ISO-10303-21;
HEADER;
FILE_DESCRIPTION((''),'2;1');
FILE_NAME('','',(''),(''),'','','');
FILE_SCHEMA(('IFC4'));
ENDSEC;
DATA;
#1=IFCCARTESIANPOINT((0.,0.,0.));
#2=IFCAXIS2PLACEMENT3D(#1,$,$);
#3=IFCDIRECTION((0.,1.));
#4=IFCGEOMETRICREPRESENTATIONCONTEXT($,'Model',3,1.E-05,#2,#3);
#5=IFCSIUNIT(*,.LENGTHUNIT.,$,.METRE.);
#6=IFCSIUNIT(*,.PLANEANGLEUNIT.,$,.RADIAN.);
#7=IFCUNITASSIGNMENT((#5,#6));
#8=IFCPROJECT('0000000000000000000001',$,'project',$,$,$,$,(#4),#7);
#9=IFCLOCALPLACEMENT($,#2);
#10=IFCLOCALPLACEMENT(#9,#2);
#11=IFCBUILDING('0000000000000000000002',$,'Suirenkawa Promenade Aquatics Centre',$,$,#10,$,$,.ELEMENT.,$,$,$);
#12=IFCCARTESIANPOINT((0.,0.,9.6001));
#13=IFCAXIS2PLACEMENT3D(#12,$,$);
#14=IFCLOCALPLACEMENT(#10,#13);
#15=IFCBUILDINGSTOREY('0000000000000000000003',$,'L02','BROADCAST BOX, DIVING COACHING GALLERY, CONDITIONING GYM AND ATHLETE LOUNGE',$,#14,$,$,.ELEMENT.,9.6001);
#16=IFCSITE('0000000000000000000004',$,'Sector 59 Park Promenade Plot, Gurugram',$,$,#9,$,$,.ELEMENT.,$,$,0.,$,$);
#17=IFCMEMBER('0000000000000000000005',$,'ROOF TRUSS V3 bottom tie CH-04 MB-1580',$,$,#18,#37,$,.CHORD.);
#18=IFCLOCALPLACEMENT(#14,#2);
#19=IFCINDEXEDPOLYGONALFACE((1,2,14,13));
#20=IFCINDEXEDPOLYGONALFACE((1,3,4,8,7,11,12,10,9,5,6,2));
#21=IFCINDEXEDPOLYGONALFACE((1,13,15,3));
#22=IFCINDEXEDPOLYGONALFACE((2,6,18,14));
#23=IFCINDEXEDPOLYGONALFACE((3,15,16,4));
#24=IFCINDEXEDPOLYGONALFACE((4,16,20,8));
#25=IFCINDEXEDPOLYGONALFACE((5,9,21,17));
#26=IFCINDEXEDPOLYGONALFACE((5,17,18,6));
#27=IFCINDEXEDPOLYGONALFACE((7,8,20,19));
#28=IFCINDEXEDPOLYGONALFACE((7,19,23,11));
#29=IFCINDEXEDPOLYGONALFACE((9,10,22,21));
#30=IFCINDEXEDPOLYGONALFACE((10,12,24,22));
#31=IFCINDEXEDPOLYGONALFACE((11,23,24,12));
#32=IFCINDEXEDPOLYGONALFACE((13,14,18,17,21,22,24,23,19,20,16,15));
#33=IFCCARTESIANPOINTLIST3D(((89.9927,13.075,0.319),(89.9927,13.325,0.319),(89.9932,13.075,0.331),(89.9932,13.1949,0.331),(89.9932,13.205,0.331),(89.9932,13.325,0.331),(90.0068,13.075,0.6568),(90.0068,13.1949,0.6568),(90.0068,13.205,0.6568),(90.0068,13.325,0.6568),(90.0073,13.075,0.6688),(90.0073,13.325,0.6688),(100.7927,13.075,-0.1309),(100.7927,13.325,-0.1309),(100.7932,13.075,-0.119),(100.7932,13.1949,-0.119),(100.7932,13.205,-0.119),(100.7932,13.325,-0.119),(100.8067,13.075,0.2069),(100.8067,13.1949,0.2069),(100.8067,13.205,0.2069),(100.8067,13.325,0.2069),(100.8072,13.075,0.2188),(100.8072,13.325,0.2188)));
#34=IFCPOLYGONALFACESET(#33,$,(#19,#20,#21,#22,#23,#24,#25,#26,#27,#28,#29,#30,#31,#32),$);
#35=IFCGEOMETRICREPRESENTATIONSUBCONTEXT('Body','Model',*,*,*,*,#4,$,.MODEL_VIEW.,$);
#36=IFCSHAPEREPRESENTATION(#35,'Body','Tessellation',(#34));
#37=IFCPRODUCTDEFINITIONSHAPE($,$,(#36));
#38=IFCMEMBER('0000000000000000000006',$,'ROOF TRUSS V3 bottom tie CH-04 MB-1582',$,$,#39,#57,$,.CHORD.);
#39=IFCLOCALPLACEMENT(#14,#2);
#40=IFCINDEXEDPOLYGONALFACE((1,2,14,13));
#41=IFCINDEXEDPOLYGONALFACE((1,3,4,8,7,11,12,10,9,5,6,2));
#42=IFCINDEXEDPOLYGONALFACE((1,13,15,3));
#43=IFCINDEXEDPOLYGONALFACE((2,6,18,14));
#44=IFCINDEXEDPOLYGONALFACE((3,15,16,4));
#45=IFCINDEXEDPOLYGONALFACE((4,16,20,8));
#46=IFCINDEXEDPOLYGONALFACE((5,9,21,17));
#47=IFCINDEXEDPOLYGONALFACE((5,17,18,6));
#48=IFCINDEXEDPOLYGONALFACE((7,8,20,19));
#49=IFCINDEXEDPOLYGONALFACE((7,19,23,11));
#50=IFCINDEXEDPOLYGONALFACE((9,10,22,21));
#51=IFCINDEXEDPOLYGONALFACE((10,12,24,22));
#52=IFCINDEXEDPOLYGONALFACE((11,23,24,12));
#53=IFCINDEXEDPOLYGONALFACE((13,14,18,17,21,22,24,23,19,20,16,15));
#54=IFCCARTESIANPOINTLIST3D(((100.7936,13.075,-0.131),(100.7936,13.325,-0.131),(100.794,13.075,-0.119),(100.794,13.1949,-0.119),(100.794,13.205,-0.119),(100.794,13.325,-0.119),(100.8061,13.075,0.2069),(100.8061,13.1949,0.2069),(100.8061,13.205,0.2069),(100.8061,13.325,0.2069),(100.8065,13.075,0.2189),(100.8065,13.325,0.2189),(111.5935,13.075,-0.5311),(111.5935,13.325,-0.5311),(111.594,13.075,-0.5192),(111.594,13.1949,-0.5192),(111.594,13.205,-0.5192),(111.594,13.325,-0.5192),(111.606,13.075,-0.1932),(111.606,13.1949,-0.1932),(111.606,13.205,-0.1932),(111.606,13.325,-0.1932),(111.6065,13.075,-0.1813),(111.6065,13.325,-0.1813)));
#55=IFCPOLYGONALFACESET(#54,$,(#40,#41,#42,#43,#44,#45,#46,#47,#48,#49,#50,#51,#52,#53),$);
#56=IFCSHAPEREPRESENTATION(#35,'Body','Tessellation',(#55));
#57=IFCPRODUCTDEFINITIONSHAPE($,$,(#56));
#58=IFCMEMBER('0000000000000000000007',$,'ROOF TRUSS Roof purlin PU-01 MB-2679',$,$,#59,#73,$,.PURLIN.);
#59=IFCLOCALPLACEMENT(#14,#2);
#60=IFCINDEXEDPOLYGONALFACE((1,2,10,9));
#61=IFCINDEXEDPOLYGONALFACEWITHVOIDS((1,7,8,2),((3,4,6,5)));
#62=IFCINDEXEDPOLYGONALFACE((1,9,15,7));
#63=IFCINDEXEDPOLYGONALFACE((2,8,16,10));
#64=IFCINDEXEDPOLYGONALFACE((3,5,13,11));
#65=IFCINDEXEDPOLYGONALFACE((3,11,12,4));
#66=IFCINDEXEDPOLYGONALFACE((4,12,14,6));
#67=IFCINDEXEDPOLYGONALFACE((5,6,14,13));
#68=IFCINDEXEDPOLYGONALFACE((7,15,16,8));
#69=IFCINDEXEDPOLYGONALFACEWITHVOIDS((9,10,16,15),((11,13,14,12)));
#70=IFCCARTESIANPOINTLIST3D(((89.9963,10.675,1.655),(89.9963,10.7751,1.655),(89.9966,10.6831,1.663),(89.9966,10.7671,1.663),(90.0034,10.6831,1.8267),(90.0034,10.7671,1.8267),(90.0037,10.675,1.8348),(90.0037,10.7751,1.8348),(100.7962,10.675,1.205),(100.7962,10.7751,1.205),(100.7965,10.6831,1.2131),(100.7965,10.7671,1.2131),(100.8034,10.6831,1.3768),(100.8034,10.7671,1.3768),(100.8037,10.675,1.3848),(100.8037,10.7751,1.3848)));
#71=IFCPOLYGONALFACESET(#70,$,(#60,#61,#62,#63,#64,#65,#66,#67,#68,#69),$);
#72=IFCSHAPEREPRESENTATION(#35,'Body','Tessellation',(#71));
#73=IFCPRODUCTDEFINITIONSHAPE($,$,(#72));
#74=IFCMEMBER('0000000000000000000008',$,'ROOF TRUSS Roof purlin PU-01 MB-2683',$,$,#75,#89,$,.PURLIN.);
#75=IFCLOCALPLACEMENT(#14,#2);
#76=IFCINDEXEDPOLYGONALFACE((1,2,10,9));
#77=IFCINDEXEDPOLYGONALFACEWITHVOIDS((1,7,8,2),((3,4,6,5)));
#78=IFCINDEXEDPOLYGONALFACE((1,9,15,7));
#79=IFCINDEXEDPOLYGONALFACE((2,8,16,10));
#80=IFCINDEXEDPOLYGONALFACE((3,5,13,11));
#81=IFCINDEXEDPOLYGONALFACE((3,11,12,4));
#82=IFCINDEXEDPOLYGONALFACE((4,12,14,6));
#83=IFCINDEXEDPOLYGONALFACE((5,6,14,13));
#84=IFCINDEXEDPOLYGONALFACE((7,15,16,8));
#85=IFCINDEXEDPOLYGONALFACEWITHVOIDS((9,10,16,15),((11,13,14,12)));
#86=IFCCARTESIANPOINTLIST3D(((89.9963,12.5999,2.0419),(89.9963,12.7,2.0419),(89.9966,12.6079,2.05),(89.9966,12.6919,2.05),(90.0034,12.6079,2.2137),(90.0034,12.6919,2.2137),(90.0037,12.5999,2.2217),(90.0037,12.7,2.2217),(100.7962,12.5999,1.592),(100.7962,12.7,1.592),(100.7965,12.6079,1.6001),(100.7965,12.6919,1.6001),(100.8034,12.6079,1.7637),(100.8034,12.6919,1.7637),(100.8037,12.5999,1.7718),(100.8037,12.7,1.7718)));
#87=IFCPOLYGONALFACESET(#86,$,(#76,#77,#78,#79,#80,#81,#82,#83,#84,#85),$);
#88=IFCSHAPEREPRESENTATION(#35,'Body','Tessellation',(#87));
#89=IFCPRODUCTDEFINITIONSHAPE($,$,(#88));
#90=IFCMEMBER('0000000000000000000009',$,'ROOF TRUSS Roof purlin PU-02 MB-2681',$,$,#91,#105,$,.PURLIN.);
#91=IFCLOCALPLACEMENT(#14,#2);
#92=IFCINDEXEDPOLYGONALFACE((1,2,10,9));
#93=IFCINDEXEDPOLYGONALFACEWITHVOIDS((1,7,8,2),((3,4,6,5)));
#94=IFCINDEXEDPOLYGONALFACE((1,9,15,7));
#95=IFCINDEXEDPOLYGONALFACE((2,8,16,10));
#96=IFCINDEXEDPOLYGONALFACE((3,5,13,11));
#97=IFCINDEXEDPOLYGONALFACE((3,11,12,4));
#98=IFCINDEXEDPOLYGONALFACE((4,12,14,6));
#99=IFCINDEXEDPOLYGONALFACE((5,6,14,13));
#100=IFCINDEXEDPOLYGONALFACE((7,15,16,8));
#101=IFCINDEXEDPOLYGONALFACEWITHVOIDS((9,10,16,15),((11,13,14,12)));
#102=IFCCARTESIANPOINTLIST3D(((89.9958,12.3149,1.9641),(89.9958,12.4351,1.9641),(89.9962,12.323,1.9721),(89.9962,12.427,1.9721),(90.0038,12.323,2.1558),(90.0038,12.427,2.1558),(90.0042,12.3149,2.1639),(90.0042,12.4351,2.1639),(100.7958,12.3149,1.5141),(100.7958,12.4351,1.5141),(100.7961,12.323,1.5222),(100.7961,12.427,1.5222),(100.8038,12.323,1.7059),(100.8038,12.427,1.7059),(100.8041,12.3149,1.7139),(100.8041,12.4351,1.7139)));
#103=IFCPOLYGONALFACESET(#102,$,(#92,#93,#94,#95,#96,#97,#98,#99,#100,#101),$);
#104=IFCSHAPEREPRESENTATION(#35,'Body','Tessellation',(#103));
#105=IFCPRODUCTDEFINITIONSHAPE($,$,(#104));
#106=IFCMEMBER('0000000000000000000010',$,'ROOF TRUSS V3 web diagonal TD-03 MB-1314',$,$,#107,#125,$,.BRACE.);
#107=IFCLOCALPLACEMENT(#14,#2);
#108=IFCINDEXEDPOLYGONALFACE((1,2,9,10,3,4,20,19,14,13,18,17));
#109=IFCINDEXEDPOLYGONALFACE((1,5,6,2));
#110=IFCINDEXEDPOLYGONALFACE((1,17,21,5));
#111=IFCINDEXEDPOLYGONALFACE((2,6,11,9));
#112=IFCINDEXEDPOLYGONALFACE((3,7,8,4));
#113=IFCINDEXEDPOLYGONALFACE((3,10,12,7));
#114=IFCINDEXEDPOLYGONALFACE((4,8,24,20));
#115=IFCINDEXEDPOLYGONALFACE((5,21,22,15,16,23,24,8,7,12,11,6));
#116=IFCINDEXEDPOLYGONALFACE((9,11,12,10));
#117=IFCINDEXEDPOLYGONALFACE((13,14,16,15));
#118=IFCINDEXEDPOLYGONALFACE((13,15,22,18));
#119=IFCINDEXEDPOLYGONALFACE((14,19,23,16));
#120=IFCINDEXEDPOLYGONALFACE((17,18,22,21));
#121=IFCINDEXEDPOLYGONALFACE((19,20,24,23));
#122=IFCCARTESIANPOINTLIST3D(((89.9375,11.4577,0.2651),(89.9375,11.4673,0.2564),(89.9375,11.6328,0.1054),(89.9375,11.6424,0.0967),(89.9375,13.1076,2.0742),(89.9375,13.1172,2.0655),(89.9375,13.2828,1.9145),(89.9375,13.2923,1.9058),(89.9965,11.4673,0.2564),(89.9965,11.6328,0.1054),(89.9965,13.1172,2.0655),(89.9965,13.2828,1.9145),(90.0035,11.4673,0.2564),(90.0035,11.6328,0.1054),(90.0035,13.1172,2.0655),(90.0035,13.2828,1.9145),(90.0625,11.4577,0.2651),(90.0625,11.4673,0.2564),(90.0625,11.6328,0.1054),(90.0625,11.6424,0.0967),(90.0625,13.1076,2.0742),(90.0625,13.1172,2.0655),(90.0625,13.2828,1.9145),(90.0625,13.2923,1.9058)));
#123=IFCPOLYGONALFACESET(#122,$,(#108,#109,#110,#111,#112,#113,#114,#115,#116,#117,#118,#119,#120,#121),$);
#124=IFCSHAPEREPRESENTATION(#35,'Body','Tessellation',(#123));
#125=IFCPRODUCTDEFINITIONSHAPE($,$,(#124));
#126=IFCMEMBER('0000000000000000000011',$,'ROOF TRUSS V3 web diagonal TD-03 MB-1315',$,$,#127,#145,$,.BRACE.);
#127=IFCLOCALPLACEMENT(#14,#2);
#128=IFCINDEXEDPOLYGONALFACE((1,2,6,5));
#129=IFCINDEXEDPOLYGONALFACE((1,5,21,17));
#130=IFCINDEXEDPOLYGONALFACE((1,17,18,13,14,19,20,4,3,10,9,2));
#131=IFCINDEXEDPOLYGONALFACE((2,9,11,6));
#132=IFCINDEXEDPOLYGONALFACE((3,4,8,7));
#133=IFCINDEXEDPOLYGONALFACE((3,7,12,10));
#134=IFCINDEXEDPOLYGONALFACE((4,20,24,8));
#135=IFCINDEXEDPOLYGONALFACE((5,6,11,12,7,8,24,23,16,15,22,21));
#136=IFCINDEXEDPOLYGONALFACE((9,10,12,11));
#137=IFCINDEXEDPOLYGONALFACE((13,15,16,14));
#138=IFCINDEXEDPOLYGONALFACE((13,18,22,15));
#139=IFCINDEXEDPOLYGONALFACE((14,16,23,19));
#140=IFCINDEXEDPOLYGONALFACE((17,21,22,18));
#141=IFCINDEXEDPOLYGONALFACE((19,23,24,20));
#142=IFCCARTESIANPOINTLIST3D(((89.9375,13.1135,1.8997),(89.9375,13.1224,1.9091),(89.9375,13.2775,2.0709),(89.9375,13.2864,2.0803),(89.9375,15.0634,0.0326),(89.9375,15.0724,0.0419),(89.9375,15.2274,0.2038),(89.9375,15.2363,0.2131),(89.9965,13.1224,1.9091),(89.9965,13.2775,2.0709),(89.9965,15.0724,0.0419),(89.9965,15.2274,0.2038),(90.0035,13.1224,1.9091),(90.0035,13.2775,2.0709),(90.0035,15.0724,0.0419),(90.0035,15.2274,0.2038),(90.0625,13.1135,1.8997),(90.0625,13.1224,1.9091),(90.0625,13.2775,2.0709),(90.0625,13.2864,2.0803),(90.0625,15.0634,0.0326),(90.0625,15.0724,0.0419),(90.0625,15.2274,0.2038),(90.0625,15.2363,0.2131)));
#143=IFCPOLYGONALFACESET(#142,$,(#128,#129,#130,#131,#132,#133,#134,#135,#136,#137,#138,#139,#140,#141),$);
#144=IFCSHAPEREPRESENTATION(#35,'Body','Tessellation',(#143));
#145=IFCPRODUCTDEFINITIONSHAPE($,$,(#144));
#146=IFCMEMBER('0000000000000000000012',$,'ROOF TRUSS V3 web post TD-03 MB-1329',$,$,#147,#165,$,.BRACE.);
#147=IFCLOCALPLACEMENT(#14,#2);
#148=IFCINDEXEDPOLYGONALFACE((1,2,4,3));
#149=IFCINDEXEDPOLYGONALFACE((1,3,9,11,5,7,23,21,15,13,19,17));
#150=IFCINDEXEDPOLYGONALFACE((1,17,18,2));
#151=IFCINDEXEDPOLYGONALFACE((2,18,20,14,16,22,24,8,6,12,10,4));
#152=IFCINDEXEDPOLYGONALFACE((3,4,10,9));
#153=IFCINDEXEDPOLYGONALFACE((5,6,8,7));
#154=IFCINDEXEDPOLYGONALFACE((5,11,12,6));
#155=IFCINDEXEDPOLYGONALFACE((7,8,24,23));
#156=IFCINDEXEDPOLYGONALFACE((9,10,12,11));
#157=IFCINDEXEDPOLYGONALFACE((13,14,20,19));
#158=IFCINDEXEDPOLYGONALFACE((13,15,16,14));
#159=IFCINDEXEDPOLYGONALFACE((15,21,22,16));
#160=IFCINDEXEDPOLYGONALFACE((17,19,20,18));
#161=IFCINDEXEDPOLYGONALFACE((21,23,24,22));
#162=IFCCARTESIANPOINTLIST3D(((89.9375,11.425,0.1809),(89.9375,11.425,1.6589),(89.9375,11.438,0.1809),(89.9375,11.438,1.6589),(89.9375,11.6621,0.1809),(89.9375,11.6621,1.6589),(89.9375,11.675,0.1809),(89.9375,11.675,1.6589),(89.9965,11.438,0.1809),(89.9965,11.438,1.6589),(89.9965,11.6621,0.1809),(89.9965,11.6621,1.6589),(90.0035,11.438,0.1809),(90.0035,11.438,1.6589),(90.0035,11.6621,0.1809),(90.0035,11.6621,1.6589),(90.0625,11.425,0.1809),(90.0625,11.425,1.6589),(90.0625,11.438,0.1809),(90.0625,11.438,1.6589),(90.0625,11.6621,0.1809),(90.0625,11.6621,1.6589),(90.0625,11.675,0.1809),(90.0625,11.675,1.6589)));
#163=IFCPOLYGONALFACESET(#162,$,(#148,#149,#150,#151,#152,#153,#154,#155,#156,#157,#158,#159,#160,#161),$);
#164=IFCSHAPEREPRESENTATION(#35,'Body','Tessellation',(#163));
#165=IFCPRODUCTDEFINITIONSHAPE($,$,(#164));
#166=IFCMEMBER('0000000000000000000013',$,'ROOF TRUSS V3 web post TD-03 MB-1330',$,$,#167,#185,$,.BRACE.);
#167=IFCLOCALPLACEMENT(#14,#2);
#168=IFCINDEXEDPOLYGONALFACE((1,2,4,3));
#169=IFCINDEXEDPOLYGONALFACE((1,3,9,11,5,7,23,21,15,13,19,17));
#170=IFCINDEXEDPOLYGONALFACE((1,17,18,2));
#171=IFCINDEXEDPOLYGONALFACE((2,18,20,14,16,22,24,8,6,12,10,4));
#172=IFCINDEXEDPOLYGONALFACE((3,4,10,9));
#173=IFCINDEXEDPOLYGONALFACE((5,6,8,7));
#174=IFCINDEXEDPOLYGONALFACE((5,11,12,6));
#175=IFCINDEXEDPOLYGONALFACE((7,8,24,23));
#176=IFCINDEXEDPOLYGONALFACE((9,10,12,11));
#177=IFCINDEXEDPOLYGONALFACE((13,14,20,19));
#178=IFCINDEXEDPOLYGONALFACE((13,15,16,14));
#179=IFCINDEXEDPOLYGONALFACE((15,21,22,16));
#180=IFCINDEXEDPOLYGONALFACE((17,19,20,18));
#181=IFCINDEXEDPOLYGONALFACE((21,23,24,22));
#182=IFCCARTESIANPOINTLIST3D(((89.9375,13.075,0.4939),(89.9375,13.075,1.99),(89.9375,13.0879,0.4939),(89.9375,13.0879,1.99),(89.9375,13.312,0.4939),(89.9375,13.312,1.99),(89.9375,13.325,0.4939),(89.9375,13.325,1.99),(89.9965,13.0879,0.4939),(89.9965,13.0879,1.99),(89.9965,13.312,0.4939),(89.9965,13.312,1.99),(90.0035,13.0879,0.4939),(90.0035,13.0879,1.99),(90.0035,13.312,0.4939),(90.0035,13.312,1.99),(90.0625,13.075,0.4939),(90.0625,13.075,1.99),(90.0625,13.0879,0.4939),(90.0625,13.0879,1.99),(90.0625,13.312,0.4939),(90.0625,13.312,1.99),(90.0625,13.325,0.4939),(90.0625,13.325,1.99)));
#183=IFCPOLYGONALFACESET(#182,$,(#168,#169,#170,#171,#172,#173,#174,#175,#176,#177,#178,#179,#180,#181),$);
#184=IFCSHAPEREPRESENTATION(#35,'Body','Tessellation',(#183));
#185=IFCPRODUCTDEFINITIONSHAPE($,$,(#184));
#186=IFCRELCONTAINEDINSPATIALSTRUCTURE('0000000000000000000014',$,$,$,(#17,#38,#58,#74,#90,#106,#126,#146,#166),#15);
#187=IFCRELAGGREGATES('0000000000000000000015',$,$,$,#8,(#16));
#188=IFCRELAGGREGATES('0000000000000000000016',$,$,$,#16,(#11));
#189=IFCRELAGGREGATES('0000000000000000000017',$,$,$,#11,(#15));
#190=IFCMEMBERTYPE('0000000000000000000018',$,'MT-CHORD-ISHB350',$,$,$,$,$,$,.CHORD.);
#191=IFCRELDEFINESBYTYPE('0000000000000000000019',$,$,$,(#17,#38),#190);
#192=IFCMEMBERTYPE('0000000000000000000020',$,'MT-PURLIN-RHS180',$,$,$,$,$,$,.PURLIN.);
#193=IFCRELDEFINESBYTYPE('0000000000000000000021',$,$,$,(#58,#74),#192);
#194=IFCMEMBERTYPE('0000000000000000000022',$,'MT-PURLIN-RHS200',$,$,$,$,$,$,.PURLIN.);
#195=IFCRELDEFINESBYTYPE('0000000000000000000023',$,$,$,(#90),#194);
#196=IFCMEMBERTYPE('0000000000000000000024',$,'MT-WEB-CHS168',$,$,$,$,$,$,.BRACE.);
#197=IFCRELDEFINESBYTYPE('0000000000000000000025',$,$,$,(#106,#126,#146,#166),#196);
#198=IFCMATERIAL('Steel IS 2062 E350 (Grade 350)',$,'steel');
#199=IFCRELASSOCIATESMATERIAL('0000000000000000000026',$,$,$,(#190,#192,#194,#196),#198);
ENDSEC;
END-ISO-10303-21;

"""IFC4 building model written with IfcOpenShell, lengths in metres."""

from ifc_helpers import new_model, si_unit, direction, frame, origin, origin_2d, place, context, subcontext, project, spatial, hollow_rectangle, i_section, extrude, material, material_profile, profile_set, type_object, element, save


model = new_model("IFC4")

# Units and contexts
model_context = context("Model", 3, precision=1e-05, world=origin(), true_north=direction((0.0, 1.0)))
body_context = subcontext(model_context, "Body", "Model", "MODEL_VIEW")
ifc_project = project(units=[si_unit("LENGTHUNIT", "METRE"), si_unit("PLANEANGLEUNIT", "RADIAN")], contexts=[model_context])

# Site, building, storey
site_placement = place(None, origin())
site = spatial("IfcSite", under=ifc_project, at=site_placement, Name="Sector 59 Park Promenade Plot, Gurugram", CompositionType="ELEMENT", RefElevation=0.0)
building_placement = place(site_placement, origin())
building = spatial("IfcBuilding", under=site, at=building_placement, Name="Suirenkawa Promenade Aquatics Centre", CompositionType="ELEMENT")
storey_placement = place(building_placement, frame((0.0, 0.0, 9.6001)))
storey = spatial("IfcBuildingStorey", under=building, at=storey_placement, Name="L02", Description="BROADCAST BOX, DIVING COACHING GALLERY, CONDITIONING GYM AND ATHLETE LOUNGE", CompositionType="ELEMENT", Elevation=9.6001)

# Shared definitions
ifc_material_1 = material(Name="Steel IS 2062 E350 (Grade 350)", Category="steel")

# Members
ifc_material_profile_1 = material_profile(ifc_material_1, i_section(OverallWidth=0.25, OverallDepth=0.3501, WebThickness=0.01, FlangeThickness=0.012, at=origin_2d()), Name="ISHB 350", Category="steel")
ifc_profile_set_1 = profile_set([ifc_material_profile_1], Name="Steel IS 2062 E350 (Grade 350)")
member_type_1 = type_object("IfcMemberType", Name="MT-CHORD-ISHB350", PredefinedType="CHORD", material=ifc_profile_set_1)
member_1_placement = place(storey_placement, frame((90.0, 13.2, 0.4939), z_axis=(0.999133, 0.0, -0.041626), x_axis=(0.0, 1.0, 0.0)))
element("IfcMember", 1, at=member_1_placement, inside=storey, type_object=member_type_1, Name="ROOF TRUSS V3 bottom tie CH-04 MB-1580", PredefinedType="CHORD", context=body_context, shape_type="SweptSolid", body=[
    extrude(i_section(OverallWidth=0.25, OverallDepth=0.3501, WebThickness=0.01, FlangeThickness=0.012, at=origin_2d()), origin(), (0.0, 0.0, 1.0), 10.8093),
])
member_2_placement = place(storey_placement, frame((100.8, 13.2, 0.0439), z_axis=(0.999314, 0.0, -0.037025), x_axis=(0.0, 1.0, 0.0)))
element("IfcMember", 2, at=member_2_placement, inside=storey, type_object=member_type_1, Name="ROOF TRUSS V3 bottom tie CH-04 MB-1582", PredefinedType="CHORD", context=body_context, shape_type="SweptSolid", body=[
    extrude(i_section(OverallWidth=0.25, OverallDepth=0.3501, WebThickness=0.01, FlangeThickness=0.012, at=origin_2d()), origin(), (0.0, 0.0, 1.0), 10.8074),
])
ifc_material_profile_2 = material_profile(ifc_material_1, hollow_rectangle(XDim=0.1001, YDim=0.1799, WallThickness=0.0081, at=origin_2d()), Name="RHS 180x100x8", Category="steel")
ifc_profile_set_2 = profile_set([ifc_material_profile_2], Name="Steel IS 2062 E350 (Grade 350)")
member_type_2 = type_object("IfcMemberType", Name="MT-PURLIN-RHS180", PredefinedType="PURLIN", material=ifc_profile_set_2)
for number, where, z_axis, x_axis, name in (
    (3, (90.0, 10.7251, 1.7449), (0.999133, 0.0, -0.041626), (0.0, 1.0, 0.0), "ROOF TRUSS Roof purlin PU-01 MB-2679"),
    (4, (90.0, 12.6499, 2.1318), (0.999133, 0.0, -0.041626), (0.0, 1.0, 0.0), "ROOF TRUSS Roof purlin PU-01 MB-2683"),
):
    element("IfcMember", number, at=place(storey_placement, frame(where, z_axis=z_axis, x_axis=x_axis)), inside=storey, type_object=member_type_2, Name=name, PredefinedType="PURLIN", context=body_context, shape_type="SweptSolid", body=[
        extrude(hollow_rectangle(XDim=0.1001, YDim=0.1799, WallThickness=0.0081, at=origin_2d()), origin(), (0.0, 0.0, 1.0), 10.8093),
    ])
ifc_material_profile_3 = material_profile(ifc_material_1, hollow_rectangle(XDim=0.1201, YDim=0.2, WallThickness=0.0081, at=origin_2d()), Name="RHS 200x120x8", Category="steel")
ifc_profile_set_3 = profile_set([ifc_material_profile_3], Name="Steel IS 2062 E350 (Grade 350)")
member_type_3 = type_object("IfcMemberType", Name="MT-PURLIN-RHS200", PredefinedType="PURLIN", material=ifc_profile_set_3)
member_3_placement = place(storey_placement, frame((90.0, 12.375, 2.064), z_axis=(0.999133, 0.0, -0.041626), x_axis=(0.0, 1.0, 0.0)))
element("IfcMember", 5, at=member_3_placement, inside=storey, type_object=member_type_3, Name="ROOF TRUSS Roof purlin PU-02 MB-2681", PredefinedType="PURLIN", context=body_context, shape_type="SweptSolid", body=[
    extrude(hollow_rectangle(XDim=0.1201, YDim=0.2, WallThickness=0.0081, at=origin_2d()), origin(), (0.0, 0.0, 1.0), 10.8093),
])
ifc_material_profile_4 = material_profile(ifc_material_1, i_section(OverallWidth=0.125, OverallDepth=0.25, WebThickness=0.0071, FlangeThickness=0.0129, at=origin_2d()), Name="ISMB 250", Category="steel")
ifc_profile_set_4 = profile_set([ifc_material_profile_4], Name="Steel IS 2062 E350 (Grade 350)")
member_type_4 = type_object("IfcMemberType", Name="MT-WEB-CHS168", PredefinedType="BRACE", material=ifc_profile_set_4)
member_4_placement = place(storey_placement, frame((90.0, 11.55, 0.1809), z_axis=(0.0, 0.673853, 0.738865), x_axis=(-1.0, 0.0, 0.0)))
element("IfcMember", 6, at=member_4_placement, inside=storey, type_object=member_type_4, Name="ROOF TRUSS V3 web diagonal TD-03 MB-1314", PredefinedType="BRACE", context=body_context, shape_type="SweptSolid", body=[
    extrude(i_section(OverallWidth=0.125, OverallDepth=0.25, WebThickness=0.0071, FlangeThickness=0.0129, at=origin_2d()), origin(), (0.0, 0.0, 1.0), 2.4485),
])
member_5_placement = place(storey_placement, frame((90.0, 13.2, 1.99), z_axis=(0.0, 0.722269, -0.691613), x_axis=(-1.0, 0.0, 0.0)))
element("IfcMember", 7, at=member_5_placement, inside=storey, type_object=member_type_4, Name="ROOF TRUSS V3 web diagonal TD-03 MB-1315", PredefinedType="BRACE", context=body_context, shape_type="SweptSolid", body=[
    extrude(i_section(OverallWidth=0.125, OverallDepth=0.25, WebThickness=0.0071, FlangeThickness=0.0129, at=origin_2d()), origin(), (0.0, 0.0, 1.0), 2.6997),
])
member_6_placement = place(storey_placement, frame((90.0, 11.55, 0.1809), z_axis=(0.0, 0.0, 1.0), x_axis=(1.0, 0.0, 0.0)))
element("IfcMember", 8, at=member_6_placement, inside=storey, type_object=member_type_4, Name="ROOF TRUSS V3 web post TD-03 MB-1329", PredefinedType="BRACE", context=body_context, shape_type="SweptSolid", body=[
    extrude(i_section(OverallWidth=0.125, OverallDepth=0.25, WebThickness=0.0071, FlangeThickness=0.0129, at=origin_2d()), origin(), (0.0, 0.0, 1.0), 1.478),
])
member_7_placement = place(storey_placement, frame((90.0, 13.2, 0.4939), z_axis=(0.0, 0.0, 1.0), x_axis=(1.0, 0.0, 0.0)))
element("IfcMember", 9, at=member_7_placement, inside=storey, type_object=member_type_4, Name="ROOF TRUSS V3 web post TD-03 MB-1330", PredefinedType="BRACE", context=body_context, shape_type="SweptSolid", body=[
    extrude(i_section(OverallWidth=0.125, OverallDepth=0.25, WebThickness=0.0071, FlangeThickness=0.0129, at=origin_2d()), origin(), (0.0, 0.0, 1.0), 1.4961),
])

save(model, "model.ifc")
